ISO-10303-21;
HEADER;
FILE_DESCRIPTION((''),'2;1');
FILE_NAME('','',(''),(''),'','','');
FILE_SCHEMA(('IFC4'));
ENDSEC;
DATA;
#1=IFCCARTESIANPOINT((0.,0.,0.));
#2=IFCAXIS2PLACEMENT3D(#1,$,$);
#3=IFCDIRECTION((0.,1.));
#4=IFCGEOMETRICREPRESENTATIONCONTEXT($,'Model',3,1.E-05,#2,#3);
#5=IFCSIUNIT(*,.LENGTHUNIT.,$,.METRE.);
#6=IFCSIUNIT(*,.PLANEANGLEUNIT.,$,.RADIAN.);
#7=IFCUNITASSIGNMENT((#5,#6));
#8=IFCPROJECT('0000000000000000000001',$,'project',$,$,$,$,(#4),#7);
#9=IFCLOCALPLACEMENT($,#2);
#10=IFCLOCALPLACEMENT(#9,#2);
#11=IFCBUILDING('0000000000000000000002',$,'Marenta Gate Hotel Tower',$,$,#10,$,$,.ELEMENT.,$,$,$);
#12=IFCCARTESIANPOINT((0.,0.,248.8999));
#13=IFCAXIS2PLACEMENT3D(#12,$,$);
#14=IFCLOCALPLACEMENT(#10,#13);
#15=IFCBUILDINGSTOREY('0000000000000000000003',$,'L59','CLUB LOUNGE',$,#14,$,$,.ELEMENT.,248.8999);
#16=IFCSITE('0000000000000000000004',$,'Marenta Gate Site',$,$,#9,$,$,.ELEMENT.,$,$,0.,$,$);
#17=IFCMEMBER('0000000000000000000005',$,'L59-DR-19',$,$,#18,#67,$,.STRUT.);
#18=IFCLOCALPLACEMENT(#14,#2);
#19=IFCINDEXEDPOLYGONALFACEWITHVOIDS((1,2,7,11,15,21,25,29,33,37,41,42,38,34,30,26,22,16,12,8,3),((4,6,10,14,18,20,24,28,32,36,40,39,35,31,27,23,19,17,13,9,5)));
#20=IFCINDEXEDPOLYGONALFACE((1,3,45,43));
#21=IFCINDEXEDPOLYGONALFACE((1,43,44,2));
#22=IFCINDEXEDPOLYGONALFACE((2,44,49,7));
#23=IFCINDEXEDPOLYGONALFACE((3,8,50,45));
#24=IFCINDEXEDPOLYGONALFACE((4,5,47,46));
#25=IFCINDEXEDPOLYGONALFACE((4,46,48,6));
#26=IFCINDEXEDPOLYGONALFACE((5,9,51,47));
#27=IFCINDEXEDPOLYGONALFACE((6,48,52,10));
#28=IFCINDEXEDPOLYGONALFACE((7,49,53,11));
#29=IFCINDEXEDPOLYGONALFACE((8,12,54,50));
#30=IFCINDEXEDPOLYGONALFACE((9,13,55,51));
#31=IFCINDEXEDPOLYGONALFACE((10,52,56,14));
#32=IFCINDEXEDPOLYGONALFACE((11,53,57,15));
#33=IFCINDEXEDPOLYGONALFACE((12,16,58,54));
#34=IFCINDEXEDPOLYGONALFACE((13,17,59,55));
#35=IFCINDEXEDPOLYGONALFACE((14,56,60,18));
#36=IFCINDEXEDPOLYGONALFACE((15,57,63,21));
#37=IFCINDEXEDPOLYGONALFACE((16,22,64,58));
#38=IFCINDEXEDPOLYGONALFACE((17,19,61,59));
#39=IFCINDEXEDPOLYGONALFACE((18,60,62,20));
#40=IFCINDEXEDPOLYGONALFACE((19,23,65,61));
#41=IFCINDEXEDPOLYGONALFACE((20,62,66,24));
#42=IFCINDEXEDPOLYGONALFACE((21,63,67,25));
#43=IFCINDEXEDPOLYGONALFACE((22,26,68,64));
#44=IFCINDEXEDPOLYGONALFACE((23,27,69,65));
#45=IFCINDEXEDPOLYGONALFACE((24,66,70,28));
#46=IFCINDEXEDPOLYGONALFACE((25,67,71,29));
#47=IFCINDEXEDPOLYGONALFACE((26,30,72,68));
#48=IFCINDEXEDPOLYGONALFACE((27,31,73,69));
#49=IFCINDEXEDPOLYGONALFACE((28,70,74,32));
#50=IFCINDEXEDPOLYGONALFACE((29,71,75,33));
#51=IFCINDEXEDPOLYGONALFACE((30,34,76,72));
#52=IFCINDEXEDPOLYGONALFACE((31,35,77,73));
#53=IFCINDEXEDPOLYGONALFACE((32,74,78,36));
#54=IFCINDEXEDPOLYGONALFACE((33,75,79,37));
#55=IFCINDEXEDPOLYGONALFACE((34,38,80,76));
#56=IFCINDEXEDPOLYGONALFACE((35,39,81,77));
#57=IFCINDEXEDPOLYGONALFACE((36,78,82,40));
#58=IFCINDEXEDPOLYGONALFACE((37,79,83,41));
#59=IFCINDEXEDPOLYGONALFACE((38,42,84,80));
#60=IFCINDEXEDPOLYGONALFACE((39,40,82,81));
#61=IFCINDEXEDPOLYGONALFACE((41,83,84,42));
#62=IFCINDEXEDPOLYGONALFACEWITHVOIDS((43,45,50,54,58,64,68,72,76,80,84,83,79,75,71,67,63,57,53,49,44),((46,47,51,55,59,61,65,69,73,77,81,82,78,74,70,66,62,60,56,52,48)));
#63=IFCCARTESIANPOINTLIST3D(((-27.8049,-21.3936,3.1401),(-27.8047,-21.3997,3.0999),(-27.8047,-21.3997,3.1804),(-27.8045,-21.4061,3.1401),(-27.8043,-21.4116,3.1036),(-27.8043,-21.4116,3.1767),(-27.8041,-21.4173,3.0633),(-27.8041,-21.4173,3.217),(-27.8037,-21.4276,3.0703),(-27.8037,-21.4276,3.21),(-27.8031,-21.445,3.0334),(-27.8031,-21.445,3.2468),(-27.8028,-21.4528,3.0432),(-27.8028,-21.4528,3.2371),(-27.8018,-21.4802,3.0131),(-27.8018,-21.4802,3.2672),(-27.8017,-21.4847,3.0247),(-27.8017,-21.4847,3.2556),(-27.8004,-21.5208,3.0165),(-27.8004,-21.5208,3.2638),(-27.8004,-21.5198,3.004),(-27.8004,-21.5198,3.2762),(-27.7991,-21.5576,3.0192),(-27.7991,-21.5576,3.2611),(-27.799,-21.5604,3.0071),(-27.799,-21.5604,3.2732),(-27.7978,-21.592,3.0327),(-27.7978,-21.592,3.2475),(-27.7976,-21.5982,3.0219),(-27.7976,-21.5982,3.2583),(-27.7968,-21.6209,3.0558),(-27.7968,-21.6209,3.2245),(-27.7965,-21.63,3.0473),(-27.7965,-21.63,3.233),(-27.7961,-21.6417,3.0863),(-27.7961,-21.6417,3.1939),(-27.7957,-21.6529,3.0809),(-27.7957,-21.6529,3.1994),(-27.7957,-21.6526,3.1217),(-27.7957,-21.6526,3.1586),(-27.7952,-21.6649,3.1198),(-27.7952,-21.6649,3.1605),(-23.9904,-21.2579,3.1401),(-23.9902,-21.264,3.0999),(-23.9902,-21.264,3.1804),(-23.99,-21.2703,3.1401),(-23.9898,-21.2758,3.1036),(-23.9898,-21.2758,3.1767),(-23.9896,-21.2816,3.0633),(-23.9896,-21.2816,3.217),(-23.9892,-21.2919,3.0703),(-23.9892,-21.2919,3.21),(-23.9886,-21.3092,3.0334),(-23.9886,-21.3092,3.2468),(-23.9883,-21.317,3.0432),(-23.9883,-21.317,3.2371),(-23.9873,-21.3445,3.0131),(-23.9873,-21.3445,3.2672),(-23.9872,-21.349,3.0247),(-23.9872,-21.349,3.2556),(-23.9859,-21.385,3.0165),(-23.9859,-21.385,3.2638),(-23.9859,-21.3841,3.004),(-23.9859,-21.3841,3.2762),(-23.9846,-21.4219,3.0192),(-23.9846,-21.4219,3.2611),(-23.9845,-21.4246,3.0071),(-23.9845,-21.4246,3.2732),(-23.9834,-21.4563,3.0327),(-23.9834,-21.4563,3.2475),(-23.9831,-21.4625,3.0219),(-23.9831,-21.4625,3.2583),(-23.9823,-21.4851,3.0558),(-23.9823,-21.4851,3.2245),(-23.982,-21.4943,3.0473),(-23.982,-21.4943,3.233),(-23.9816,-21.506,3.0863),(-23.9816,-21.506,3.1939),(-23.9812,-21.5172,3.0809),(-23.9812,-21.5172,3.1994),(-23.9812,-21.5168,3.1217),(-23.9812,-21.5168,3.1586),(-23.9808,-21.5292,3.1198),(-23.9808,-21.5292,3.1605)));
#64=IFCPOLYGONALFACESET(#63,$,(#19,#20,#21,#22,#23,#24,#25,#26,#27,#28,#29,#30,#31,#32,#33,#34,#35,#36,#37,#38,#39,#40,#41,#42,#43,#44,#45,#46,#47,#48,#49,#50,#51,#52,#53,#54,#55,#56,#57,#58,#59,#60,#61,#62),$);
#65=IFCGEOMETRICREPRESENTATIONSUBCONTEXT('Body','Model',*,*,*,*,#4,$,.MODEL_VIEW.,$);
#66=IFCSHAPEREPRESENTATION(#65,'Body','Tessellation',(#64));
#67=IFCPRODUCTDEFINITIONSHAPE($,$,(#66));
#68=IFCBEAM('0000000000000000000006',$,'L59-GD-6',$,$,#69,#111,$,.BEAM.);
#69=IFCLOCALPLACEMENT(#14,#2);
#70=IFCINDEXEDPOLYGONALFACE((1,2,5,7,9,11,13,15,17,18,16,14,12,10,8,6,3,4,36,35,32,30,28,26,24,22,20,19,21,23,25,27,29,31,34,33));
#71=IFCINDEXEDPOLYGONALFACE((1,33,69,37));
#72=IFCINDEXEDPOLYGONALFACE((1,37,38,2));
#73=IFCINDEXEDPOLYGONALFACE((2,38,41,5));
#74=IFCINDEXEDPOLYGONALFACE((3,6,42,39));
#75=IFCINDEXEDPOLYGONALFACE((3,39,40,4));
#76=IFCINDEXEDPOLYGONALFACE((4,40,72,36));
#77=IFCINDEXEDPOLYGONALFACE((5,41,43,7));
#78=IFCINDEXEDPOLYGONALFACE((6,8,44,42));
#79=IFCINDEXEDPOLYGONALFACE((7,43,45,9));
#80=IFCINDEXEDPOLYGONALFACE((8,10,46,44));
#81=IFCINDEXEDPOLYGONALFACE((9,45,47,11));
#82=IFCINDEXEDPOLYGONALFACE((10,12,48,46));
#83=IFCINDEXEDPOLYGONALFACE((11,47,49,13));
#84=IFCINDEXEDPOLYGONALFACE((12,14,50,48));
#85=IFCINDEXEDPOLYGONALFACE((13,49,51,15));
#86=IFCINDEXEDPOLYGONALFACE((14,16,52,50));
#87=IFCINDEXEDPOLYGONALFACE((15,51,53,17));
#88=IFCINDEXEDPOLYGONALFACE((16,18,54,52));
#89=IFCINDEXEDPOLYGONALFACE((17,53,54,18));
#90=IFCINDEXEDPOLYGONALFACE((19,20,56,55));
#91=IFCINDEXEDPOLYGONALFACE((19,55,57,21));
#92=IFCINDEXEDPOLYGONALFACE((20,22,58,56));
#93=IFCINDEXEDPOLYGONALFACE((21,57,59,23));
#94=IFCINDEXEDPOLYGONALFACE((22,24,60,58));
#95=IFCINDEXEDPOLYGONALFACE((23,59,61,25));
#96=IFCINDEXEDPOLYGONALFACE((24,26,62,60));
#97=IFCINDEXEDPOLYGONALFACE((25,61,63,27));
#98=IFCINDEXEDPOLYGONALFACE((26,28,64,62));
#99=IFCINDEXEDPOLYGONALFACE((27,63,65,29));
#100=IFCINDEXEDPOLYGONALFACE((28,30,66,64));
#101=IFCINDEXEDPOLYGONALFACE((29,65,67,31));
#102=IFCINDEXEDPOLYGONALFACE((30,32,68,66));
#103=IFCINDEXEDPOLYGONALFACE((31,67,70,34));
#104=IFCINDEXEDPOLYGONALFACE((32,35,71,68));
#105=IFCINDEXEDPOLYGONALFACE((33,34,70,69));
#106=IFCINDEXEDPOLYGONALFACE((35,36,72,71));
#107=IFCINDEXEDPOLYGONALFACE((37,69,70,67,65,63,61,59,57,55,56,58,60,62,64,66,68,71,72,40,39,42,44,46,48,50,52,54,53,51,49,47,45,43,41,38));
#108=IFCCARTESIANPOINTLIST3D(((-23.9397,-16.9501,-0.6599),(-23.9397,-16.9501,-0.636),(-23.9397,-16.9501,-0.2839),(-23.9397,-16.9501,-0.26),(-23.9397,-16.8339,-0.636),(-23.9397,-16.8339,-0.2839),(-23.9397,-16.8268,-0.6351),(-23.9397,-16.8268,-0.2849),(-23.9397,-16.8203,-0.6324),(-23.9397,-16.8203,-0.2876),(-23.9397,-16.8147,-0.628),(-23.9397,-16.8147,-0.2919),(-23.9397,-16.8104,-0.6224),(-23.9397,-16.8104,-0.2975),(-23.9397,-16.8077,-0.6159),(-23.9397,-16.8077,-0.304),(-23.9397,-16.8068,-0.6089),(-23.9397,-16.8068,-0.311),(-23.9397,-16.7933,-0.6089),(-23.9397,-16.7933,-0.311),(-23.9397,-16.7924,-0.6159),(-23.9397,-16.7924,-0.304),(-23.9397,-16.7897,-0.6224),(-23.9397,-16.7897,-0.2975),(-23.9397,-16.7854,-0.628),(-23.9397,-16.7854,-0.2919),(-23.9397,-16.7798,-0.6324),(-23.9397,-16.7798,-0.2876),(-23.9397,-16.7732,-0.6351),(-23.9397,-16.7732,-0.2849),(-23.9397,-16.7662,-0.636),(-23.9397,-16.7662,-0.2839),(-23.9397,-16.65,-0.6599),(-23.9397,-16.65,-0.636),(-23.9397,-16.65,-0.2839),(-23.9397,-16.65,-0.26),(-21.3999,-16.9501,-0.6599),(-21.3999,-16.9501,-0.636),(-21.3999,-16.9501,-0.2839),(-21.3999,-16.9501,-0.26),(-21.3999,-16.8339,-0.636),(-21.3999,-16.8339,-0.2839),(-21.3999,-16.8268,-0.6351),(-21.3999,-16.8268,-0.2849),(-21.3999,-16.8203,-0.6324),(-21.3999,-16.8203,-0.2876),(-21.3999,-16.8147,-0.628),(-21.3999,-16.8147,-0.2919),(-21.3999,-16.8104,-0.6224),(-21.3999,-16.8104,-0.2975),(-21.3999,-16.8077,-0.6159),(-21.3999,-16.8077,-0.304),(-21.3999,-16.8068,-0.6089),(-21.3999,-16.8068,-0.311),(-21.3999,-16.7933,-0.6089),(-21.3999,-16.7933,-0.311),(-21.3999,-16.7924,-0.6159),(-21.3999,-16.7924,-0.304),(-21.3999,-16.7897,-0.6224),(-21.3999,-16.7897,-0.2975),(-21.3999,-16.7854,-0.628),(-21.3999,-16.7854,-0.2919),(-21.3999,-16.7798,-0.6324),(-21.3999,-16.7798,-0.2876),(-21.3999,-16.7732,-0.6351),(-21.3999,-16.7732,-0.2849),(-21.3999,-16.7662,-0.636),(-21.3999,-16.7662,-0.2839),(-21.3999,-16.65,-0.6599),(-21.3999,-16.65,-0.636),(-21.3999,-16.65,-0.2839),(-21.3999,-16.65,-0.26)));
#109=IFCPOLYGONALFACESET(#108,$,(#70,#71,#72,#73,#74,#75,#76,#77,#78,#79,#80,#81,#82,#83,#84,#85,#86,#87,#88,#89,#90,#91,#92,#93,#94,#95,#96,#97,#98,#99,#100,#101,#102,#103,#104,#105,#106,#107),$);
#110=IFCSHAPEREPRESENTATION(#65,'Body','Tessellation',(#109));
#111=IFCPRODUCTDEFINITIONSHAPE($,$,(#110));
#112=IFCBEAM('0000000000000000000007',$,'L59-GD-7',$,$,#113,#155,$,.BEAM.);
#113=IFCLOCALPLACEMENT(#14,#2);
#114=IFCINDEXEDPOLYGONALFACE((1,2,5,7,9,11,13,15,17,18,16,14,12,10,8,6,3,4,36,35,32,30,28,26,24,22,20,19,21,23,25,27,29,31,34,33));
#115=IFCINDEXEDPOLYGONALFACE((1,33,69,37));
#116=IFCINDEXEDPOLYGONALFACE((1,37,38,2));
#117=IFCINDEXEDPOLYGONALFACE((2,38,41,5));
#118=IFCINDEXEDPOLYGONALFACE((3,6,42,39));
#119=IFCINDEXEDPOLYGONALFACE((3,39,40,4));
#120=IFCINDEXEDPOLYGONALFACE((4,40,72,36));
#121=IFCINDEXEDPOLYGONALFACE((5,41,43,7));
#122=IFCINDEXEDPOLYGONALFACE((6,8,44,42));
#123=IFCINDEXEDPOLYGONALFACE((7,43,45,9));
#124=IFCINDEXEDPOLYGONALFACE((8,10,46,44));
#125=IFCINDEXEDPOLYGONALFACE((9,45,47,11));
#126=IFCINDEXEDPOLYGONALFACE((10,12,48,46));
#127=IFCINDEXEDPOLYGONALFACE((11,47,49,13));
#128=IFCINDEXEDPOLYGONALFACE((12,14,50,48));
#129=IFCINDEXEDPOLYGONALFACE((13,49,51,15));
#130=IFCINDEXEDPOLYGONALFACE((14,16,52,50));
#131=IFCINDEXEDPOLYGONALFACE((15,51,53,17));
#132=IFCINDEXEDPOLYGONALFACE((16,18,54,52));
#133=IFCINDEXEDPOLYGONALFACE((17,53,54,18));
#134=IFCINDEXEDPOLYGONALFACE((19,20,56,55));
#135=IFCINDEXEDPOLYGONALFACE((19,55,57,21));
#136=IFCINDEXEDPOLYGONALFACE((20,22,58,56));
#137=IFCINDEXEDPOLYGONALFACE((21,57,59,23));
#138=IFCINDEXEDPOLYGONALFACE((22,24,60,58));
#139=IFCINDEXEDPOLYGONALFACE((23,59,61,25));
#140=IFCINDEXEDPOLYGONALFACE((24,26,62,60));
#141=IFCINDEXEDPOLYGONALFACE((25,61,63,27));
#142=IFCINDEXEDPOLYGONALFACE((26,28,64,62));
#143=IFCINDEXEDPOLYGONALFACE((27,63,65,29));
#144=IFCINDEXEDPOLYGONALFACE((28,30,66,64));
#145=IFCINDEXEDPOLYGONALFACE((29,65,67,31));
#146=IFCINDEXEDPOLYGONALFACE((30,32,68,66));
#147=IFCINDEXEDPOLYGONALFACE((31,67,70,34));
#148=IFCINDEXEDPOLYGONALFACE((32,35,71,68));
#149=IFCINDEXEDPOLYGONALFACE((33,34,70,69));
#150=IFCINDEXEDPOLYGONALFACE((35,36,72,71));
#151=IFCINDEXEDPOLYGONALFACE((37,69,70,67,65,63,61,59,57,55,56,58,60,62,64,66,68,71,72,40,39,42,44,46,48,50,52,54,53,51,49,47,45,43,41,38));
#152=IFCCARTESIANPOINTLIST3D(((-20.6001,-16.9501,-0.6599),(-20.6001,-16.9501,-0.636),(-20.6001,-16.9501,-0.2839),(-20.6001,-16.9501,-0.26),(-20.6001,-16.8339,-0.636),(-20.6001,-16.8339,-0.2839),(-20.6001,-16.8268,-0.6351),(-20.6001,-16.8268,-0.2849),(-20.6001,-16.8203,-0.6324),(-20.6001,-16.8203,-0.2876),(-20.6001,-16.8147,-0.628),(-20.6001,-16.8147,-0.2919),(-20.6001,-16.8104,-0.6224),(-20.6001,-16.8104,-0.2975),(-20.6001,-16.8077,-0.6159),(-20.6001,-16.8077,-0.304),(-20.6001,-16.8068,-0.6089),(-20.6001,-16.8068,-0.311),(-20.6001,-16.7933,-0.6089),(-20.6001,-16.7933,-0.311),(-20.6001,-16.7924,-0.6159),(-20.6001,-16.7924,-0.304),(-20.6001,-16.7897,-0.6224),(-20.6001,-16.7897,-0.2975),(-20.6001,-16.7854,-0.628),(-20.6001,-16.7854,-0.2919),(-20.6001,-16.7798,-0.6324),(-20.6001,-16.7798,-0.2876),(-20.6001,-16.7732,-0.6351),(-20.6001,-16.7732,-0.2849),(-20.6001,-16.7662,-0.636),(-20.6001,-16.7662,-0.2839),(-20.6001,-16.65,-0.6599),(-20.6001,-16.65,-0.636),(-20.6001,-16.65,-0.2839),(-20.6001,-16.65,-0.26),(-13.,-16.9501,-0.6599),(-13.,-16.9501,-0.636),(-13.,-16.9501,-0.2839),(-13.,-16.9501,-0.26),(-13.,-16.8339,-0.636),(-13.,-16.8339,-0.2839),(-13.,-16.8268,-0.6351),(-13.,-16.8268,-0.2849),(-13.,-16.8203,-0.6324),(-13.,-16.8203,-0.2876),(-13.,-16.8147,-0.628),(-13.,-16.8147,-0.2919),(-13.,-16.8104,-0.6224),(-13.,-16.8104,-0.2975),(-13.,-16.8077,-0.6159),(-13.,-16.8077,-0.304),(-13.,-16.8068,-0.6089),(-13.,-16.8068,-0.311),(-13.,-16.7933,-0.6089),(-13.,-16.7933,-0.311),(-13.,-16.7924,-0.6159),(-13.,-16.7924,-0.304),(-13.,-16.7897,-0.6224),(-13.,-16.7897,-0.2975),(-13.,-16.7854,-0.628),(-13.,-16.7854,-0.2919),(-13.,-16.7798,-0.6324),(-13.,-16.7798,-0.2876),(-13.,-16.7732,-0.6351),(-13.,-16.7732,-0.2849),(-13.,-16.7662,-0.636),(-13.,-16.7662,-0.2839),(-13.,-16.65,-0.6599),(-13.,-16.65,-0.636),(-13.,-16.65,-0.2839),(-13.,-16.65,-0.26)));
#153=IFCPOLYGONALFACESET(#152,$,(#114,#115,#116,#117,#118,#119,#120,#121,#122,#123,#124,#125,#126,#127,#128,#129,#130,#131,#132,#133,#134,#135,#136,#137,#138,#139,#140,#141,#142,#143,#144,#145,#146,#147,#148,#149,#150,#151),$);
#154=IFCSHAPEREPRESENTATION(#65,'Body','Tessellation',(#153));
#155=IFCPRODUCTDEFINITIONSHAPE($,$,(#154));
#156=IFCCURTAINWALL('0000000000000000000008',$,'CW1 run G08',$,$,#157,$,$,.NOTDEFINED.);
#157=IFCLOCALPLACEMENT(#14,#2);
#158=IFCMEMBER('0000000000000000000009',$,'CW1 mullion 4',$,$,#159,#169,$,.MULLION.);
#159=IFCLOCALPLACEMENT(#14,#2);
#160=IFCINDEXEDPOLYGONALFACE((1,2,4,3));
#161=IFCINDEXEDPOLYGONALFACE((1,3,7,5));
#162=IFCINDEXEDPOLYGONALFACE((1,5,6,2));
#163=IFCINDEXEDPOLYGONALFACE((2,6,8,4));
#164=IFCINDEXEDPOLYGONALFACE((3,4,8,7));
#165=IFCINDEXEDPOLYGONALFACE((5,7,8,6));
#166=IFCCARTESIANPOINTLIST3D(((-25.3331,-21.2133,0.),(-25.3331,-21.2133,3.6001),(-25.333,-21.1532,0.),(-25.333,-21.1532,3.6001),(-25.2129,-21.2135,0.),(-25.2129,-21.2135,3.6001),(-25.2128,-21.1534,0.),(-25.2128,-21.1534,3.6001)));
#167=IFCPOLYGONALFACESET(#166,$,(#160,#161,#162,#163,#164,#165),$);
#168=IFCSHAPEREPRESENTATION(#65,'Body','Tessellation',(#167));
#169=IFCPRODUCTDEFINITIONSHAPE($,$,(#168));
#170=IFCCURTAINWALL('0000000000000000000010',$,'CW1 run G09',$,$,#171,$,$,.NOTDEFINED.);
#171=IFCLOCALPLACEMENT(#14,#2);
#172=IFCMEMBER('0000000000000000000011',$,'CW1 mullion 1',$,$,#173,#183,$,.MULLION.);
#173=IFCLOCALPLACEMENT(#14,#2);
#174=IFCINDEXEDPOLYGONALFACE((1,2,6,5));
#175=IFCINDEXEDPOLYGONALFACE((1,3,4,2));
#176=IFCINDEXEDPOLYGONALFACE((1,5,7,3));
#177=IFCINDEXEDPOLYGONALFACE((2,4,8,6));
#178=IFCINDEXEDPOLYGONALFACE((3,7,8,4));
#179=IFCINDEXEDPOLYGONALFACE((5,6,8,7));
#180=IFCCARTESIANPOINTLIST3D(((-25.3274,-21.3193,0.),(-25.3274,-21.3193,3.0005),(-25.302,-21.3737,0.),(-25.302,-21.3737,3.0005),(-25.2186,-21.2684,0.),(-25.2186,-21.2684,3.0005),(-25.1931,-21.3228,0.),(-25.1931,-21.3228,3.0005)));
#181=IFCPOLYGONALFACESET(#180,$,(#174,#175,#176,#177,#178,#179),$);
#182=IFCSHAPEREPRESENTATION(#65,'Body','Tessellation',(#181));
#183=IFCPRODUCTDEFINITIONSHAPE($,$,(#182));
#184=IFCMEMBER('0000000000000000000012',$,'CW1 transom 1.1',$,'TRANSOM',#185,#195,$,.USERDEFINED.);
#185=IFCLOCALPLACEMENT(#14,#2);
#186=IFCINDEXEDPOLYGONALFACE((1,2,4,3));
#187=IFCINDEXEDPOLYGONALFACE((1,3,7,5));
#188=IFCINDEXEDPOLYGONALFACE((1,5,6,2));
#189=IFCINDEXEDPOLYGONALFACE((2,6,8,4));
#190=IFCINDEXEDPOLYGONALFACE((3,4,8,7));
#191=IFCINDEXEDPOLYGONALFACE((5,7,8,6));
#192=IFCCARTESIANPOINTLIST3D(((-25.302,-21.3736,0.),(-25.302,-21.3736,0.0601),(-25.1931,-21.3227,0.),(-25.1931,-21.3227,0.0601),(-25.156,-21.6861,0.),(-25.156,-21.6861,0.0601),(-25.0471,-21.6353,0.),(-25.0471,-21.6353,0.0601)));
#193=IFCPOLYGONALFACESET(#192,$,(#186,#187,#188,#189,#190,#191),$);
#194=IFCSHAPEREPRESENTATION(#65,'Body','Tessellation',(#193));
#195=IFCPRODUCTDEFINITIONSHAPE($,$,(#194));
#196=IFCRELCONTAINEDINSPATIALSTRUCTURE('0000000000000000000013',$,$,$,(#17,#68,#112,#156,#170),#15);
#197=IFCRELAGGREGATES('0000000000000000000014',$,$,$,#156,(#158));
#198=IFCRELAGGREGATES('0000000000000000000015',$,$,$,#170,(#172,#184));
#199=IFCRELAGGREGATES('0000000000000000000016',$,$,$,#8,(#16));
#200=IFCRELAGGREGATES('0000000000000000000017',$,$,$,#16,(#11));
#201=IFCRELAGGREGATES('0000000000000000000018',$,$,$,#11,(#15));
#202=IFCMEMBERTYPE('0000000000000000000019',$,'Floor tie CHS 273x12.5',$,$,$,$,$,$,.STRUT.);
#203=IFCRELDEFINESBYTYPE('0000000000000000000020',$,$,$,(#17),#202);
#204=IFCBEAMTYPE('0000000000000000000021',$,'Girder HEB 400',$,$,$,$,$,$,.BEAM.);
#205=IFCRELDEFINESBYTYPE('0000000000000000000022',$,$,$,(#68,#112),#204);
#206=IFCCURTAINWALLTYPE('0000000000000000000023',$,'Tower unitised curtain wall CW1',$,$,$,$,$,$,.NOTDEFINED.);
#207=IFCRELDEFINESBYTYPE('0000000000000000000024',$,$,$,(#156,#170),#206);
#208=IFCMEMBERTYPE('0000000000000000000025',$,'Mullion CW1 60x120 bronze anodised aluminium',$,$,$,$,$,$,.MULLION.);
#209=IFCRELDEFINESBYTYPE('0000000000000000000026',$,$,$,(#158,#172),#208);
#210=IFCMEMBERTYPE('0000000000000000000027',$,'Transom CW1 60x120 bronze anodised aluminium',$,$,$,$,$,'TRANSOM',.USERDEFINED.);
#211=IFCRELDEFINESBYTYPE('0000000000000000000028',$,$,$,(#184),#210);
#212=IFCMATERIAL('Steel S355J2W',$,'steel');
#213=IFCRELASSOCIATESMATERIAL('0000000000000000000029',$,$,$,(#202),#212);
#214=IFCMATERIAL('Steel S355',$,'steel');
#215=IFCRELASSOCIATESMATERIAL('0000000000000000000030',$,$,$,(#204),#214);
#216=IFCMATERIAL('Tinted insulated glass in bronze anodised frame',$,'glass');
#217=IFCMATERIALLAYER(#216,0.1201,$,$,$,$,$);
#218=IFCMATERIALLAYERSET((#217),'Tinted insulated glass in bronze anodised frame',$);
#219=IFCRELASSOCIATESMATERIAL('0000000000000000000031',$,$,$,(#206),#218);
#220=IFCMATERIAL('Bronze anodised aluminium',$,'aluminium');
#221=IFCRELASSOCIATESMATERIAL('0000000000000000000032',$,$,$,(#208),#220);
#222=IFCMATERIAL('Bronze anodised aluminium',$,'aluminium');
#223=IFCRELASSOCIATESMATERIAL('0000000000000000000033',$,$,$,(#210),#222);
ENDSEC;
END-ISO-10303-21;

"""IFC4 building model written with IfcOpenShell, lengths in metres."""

from ifc_helpers import new_model, si_unit, direction, frame, origin, origin_2d, place, context, subcontext, project, spatial, rectangle, hollow_circle, i_section, extrude, material, layer, layer_set, material_profile, profile_set, type_object, element, aggregate, save


model = new_model("IFC4")

# Units and contexts
model_context = context("Model", 3, precision=1e-05, world=origin(), true_north=direction((0.0, 1.0)))
body_context = subcontext(model_context, "Body", "Model", "MODEL_VIEW")
ifc_project = project(units=[si_unit("LENGTHUNIT", "METRE"), si_unit("PLANEANGLEUNIT", "RADIAN")], contexts=[model_context])

# Site, building, storey
site_placement = place(None, origin())
site = spatial("IfcSite", under=ifc_project, at=site_placement, Name="Marenta Gate Site", CompositionType="ELEMENT", RefElevation=0.0)
building_placement = place(site_placement, origin())
building = spatial("IfcBuilding", under=site, at=building_placement, Name="Marenta Gate Hotel Tower", CompositionType="ELEMENT")
storey_placement = place(building_placement, frame((0.0, 0.0, 248.8999)))
storey = spatial("IfcBuildingStorey", under=building, at=storey_placement, Name="L59", Description="CLUB LOUNGE", CompositionType="ELEMENT", Elevation=248.8999)

# Member
ifc_material_1 = material(Name="Steel S355J2W", Category="steel")
ifc_material_profile_1 = material_profile(ifc_material_1, hollow_circle(Radius=0.1365, WallThickness=0.0125, at=origin_2d()), Name="CHS 273x12.5")
ifc_profile_set_1 = profile_set([ifc_material_profile_1], Name="Steel S355J2W")
member_type_1 = type_object("IfcMemberType", Name="Floor tie CHS 273x12.5", PredefinedType="STRUT", material=ifc_profile_set_1)
member_1_placement = place(storey_placement, frame((-27.8, -21.53, 3.1401), z_axis=(0.999367, 0.035564, 0.0), x_axis=(-0.035564, 0.999367, 0.0)))
element("IfcMember", 1, at=member_1_placement, inside=storey, type_object=member_type_1, Name="L59-DR-19", PredefinedType="STRUT", context=body_context, shape_type="SweptSolid", body=[
    extrude(hollow_circle(Radius=0.1365, WallThickness=0.0125, at=origin_2d()), origin(), (0.0, 0.0, 1.0), 3.8169),
])

# Beams
ifc_material_2 = material(Name="Steel S355", Category="steel")
ifc_material_profile_2 = material_profile(ifc_material_2, i_section(OverallWidth=0.3, OverallDepth=0.3999, WebThickness=0.0134, FlangeThickness=0.0239, FilletRadius=0.0271, at=origin_2d()), Name="HEB 400")
ifc_profile_set_2 = profile_set([ifc_material_profile_2], Name="Steel S355")
beam_type_1 = type_object("IfcBeamType", Name="Girder HEB 400", PredefinedType="BEAM", material=ifc_profile_set_2)
beam_1_placement = place(storey_placement, frame((-23.9397, -16.8, -0.46), z_axis=(1.0, 0.0, 0.0), x_axis=(0.0, 1.0, 0.0)))
element("IfcBeam", 2, at=beam_1_placement, inside=storey, type_object=beam_type_1, Name="L59-GD-6", PredefinedType="BEAM", context=body_context, shape_type="SweptSolid", body=[
    extrude(i_section(OverallWidth=0.3, OverallDepth=0.3999, WebThickness=0.0134, FlangeThickness=0.0239, FilletRadius=0.0271, at=origin_2d()), origin(), (0.0, 0.0, 1.0), 2.5398),
])
beam_2_placement = place(storey_placement, frame((-20.6001, -16.8, -0.46), z_axis=(1.0, 0.0, 0.0), x_axis=(0.0, 1.0, 0.0)))
element("IfcBeam", 3, at=beam_2_placement, inside=storey, type_object=beam_type_1, Name="L59-GD-7", PredefinedType="BEAM", context=body_context, shape_type="SweptSolid", body=[
    extrude(i_section(OverallWidth=0.3, OverallDepth=0.3999, WebThickness=0.0134, FlangeThickness=0.0239, FilletRadius=0.0271, at=origin_2d()), origin(), (0.0, 0.0, 1.0), 7.6001),
])

# Curtain wall, member
ifc_material_3 = material(Name="Tinted insulated glass in bronze anodised frame", Category="glass")
ifc_layer_1 = layer(ifc_material_3, 0.1201)
ifc_layer_set_1 = layer_set([ifc_layer_1], Name="Tinted insulated glass in bronze anodised frame")
curtain_wall_type = type_object("IfcCurtainWallType", Name="Tower unitised curtain wall CW1", PredefinedType="NOTDEFINED", material=ifc_layer_set_1)
curtain_wall_1_placement = place(storey_placement, origin())
curtain_wall_1 = element("IfcCurtainWall", 4, at=curtain_wall_1_placement, inside=storey, type_object=curtain_wall_type, Name="CW1 run G08", PredefinedType="NOTDEFINED")
ifc_material_4 = material(Name="Bronze anodised aluminium", Category="aluminium")
ifc_material_profile_3 = material_profile(ifc_material_4, rectangle(XDim=0.1201, YDim=0.0601, at=origin_2d()), Name="Mullion CW1 60x120 bronze anodised aluminium")
ifc_profile_set_3 = profile_set([ifc_material_profile_3], Name="Bronze anodised aluminium")
member_type_2 = type_object("IfcMemberType", Name="Mullion CW1 60x120 bronze anodised aluminium", PredefinedType="MULLION", material=ifc_profile_set_3)
member_2_placement = place(storey_placement, frame((-25.2729, -21.1833, 0.0), z_axis=(0.0, 0.0, 1.0), x_axis=(0.999999, -0.001565, 0.0)))
member_2 = element("IfcMember", 5, at=member_2_placement, type_object=member_type_2, Name="CW1 mullion 4", PredefinedType="MULLION", context=body_context, shape_type="SweptSolid", body=[
    extrude(rectangle(XDim=0.1201, YDim=0.0601, at=origin_2d()), origin(), (0.0, 0.0, 1.0), 3.6001),
])

# Curtain wall, members
curtain_wall_2_placement = place(storey_placement, origin())
curtain_wall_2 = element("IfcCurtainWall", 6, at=curtain_wall_2_placement, inside=storey, type_object=curtain_wall_type, Name="CW1 run G09", PredefinedType="NOTDEFINED")
member_3_placement = place(storey_placement, frame((-25.2603, -21.321, 0.0), z_axis=(0.0, 0.0, 1.0), x_axis=(0.905968, 0.423345, 0.0)))
member_3 = element("IfcMember", 7, at=member_3_placement, type_object=member_type_2, Name="CW1 mullion 1", PredefinedType="MULLION", context=body_context, shape_type="SweptSolid", body=[
    extrude(rectangle(XDim=0.1201, YDim=0.0601, at=origin_2d()), origin(), (0.0, 0.0, 1.0), 3.0005),
])
ifc_material_5 = material(Name="Bronze anodised aluminium", Category="aluminium")
ifc_material_profile_4 = material_profile(ifc_material_5, rectangle(XDim=0.1201, YDim=0.0601, at=origin_2d()), Name="Transom CW1 60x120 bronze anodised aluminium")
ifc_profile_set_4 = profile_set([ifc_material_profile_4], Name="Bronze anodised aluminium")
member_type_3 = type_object("IfcMemberType", Name="Transom CW1 60x120 bronze anodised aluminium", ElementType="TRANSOM", PredefinedType="USERDEFINED", material=ifc_profile_set_4)
member_4_placement = place(storey_placement, frame((-25.2476, -21.3481, 0.03), z_axis=(0.423273, -0.906002, 0.0), x_axis=(0.906002, 0.423273, 0.0)))
member_4 = element("IfcMember", 8, at=member_4_placement, type_object=member_type_3, Name="CW1 transom 1.1", ObjectType="TRANSOM", PredefinedType="USERDEFINED", context=body_context, shape_type="SweptSolid", body=[
    extrude(rectangle(XDim=0.1201, YDim=0.0601, at=origin_2d()), origin(), (0.0, 0.0, 1.0), 0.345),
])

aggregate(curtain_wall_1, [member_2])
aggregate(curtain_wall_2, [member_3, member_4])

save(model, "model.ifc")
